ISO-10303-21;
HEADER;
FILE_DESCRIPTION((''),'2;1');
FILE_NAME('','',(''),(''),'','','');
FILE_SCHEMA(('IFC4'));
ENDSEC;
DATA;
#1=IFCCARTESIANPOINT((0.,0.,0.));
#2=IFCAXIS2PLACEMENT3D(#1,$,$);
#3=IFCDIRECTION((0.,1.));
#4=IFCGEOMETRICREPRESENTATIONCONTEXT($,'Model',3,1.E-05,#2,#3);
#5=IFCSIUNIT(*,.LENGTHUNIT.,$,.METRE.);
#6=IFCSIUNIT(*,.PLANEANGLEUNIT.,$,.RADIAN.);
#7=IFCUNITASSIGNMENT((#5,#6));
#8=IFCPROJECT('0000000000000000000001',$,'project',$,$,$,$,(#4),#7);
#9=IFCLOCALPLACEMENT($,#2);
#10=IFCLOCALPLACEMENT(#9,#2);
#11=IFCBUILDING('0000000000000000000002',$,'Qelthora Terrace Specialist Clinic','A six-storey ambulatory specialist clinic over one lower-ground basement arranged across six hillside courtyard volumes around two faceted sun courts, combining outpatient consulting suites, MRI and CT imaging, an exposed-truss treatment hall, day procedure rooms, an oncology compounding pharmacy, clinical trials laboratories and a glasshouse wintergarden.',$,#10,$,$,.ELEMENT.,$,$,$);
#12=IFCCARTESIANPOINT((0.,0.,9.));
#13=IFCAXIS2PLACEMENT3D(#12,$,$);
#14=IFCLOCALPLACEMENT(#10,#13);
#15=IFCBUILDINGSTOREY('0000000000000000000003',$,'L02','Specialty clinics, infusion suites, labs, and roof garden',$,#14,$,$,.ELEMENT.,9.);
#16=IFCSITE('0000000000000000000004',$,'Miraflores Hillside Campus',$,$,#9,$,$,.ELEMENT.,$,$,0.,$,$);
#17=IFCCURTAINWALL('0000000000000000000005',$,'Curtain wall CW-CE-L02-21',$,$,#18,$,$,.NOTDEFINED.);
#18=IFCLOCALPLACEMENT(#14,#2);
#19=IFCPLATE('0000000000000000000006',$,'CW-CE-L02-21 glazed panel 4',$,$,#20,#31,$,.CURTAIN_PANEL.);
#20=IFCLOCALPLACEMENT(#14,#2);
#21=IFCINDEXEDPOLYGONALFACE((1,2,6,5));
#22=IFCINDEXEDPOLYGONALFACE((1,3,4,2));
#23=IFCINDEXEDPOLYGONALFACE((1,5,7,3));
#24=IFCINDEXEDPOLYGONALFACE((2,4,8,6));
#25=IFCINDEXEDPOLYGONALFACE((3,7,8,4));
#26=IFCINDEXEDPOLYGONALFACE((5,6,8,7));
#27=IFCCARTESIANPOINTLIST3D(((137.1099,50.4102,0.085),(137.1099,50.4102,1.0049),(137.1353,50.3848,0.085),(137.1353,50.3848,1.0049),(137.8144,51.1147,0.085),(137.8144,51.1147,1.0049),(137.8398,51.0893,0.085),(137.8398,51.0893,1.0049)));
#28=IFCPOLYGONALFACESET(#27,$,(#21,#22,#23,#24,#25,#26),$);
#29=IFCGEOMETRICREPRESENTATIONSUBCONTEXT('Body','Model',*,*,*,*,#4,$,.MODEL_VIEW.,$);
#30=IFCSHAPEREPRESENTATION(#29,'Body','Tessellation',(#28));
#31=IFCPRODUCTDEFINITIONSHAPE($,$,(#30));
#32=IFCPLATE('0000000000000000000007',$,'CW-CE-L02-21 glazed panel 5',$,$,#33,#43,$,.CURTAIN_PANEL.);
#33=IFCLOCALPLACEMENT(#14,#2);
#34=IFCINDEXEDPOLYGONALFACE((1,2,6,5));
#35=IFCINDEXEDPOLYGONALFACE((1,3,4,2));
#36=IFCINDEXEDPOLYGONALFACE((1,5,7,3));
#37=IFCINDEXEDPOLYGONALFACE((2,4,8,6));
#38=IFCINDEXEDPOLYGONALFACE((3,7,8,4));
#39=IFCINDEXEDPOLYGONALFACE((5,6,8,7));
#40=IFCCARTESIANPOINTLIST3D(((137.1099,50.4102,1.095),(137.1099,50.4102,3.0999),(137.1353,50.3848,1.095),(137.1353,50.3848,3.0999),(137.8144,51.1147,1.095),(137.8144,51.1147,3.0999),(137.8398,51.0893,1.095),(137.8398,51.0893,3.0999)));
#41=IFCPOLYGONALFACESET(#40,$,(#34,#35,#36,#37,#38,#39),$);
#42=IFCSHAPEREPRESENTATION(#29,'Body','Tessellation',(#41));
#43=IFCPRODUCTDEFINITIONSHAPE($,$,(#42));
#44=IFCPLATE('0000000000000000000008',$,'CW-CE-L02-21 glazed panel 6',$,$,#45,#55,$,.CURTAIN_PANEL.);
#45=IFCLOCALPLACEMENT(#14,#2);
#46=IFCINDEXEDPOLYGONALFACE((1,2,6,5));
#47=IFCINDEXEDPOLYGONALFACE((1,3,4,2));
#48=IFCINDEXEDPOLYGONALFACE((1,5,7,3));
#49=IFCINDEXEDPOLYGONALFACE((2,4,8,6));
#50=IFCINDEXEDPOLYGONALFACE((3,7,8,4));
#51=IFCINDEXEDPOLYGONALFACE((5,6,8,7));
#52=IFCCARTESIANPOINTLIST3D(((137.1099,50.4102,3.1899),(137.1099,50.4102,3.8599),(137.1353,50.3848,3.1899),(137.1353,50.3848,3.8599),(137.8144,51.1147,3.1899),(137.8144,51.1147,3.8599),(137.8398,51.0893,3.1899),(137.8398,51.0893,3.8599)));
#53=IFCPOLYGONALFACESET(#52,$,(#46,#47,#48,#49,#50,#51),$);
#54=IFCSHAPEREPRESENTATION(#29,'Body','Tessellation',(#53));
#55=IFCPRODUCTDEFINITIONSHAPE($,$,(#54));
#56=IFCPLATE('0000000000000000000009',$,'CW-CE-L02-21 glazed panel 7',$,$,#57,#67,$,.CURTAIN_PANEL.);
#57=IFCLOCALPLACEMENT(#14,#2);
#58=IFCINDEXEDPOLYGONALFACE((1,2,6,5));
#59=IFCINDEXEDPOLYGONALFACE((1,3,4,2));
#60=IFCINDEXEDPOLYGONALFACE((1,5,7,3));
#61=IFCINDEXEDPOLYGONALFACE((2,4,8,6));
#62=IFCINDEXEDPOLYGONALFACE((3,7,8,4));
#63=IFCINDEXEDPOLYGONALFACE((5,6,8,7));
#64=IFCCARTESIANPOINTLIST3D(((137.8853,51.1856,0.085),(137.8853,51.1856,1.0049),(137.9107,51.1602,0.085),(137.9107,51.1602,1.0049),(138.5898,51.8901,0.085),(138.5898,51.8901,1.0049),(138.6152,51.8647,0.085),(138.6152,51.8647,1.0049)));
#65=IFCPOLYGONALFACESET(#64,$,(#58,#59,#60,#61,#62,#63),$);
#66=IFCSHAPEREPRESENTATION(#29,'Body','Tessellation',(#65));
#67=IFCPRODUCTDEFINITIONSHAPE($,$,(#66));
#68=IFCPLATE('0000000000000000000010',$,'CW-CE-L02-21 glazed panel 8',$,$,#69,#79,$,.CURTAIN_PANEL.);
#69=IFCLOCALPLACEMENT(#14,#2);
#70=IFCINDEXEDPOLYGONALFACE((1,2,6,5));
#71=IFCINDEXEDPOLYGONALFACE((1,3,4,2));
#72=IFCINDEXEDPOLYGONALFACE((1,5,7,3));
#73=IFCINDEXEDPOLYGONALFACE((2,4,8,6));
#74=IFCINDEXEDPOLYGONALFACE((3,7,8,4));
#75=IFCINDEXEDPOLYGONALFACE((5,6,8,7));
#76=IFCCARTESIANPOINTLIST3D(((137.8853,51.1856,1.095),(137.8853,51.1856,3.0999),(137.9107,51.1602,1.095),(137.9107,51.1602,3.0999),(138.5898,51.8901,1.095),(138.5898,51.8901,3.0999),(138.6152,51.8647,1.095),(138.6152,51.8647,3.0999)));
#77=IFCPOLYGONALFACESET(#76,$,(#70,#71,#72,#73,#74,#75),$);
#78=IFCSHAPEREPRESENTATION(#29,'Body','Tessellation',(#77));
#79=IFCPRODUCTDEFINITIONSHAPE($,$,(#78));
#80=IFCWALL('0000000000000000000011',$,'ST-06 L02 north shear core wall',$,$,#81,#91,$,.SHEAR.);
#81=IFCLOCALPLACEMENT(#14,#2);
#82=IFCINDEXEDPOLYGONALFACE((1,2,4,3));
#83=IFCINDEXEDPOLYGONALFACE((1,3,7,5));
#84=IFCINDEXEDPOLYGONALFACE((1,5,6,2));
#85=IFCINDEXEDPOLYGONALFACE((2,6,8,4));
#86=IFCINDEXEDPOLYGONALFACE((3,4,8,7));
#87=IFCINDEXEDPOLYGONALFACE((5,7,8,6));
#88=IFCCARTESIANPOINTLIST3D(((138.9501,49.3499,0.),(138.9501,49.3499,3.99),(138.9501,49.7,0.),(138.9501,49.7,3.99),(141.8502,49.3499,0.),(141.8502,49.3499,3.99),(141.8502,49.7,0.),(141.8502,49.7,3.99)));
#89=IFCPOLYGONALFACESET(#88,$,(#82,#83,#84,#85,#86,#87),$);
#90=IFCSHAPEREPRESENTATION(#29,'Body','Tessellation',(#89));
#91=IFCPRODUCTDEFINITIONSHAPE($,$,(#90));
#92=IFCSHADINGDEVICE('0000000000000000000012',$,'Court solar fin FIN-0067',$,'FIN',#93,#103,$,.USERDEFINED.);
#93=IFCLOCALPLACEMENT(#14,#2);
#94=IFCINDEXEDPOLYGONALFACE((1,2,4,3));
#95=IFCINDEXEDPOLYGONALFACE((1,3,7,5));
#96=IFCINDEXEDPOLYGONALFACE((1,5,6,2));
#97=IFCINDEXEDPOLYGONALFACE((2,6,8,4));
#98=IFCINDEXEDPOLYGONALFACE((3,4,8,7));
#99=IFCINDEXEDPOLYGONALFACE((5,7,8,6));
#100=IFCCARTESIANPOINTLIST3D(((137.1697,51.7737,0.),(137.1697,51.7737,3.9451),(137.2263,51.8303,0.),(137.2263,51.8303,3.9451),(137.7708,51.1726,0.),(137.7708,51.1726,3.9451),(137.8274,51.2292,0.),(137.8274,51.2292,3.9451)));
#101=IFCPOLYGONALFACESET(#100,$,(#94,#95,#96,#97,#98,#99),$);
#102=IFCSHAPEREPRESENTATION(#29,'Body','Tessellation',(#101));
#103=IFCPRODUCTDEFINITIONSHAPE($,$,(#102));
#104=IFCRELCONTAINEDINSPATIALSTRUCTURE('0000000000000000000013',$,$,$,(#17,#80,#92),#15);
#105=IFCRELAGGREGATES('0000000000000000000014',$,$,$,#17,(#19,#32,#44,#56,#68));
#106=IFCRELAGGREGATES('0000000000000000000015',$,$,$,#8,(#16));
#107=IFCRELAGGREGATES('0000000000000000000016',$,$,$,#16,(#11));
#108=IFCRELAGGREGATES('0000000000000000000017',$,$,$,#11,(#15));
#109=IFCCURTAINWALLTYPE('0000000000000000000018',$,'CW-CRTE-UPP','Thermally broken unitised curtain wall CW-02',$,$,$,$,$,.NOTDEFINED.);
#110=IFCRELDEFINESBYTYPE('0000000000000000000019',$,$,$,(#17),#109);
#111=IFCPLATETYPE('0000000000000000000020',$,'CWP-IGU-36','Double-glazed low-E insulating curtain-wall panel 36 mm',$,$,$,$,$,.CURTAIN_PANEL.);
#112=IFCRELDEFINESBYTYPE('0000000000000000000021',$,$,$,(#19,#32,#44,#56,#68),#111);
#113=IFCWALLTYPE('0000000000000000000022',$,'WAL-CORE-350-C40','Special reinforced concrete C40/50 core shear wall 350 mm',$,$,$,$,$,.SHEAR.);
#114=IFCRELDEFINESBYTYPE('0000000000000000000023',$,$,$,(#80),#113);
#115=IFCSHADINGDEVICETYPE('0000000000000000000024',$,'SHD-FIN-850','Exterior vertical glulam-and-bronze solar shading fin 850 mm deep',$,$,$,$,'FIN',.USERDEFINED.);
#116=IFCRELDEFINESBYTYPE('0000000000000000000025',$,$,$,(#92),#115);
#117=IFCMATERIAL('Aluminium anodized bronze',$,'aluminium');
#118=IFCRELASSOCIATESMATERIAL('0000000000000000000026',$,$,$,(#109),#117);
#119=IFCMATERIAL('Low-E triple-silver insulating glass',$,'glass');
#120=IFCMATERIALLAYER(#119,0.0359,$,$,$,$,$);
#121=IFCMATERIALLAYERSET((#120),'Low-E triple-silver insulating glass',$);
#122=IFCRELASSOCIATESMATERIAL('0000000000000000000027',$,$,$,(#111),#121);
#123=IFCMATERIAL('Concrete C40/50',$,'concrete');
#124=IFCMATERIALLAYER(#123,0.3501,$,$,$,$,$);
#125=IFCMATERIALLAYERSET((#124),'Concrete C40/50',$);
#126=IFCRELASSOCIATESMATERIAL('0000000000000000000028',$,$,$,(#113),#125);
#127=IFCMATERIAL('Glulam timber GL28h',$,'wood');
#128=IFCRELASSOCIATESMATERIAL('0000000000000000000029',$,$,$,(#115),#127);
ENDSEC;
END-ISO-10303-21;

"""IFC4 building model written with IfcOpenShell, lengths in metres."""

from ifc_helpers import new_model, si_unit, direction, frame, frame_2d, origin, origin_2d, place, context, subcontext, project, spatial, rectangle, extrude, material, layer, layer_set, type_object, element, aggregate, save


model = new_model("IFC4")

# Units and contexts
model_context = context("Model", 3, precision=1e-05, world=origin(), true_north=direction((0.0, 1.0)))
body_context = subcontext(model_context, "Body", "Model", "MODEL_VIEW")
ifc_project = project(units=[si_unit("LENGTHUNIT", "METRE"), si_unit("PLANEANGLEUNIT", "RADIAN")], contexts=[model_context])

# Site, building, storey
site_placement = place(None, origin())
site = spatial("IfcSite", under=ifc_project, at=site_placement, Name="Miraflores Hillside Campus", CompositionType="ELEMENT", RefElevation=0.0)
building_placement = place(site_placement, origin())
building = spatial("IfcBuilding", under=site, at=building_placement, Name="Qelthora Terrace Specialist Clinic", Description="A six-storey ambulatory specialist clinic over one lower-ground basement arranged across six hillside courtyard volumes around two faceted sun courts, combining outpatient consulting suites, MRI and CT imaging, an exposed-truss treatment hall, day procedure rooms, an oncology compounding pharmacy, clinical trials laboratories and a glasshouse wintergarden.", CompositionType="ELEMENT")
storey_placement = place(building_placement, frame((0.0, 0.0, 9.0)))
storey = spatial("IfcBuildingStorey", under=building, at=storey_placement, Name="L02", Description="Specialty clinics, infusion suites, labs, and roof garden", CompositionType="ELEMENT", Elevation=9.0)

# Shared definitions
ifc_material_1 = material(Name="Aluminium anodized bronze", Category="aluminium")
curtain_wall_type = type_object("IfcCurtainWallType", Name="CW-CRTE-UPP", Description="Thermally broken unitised curtain wall CW-02", PredefinedType="NOTDEFINED", material=ifc_material_1)

# Curtain wall
curtain_wall_1_placement = place(storey_placement, origin())
curtain_wall_1 = element("IfcCurtainWall", 1, at=curtain_wall_1_placement, inside=storey, type_object=curtain_wall_type, Name="Curtain wall CW-CE-L02-21", PredefinedType="NOTDEFINED")

# Plates
ifc_material_2 = material(Name="Low-E triple-silver insulating glass", Category="glass")
ifc_layer_1 = layer(ifc_material_2, 0.0359)
ifc_layer_set_1 = layer_set([ifc_layer_1], Name="Low-E triple-silver insulating glass")
plate_type = type_object("IfcPlateType", Name="CWP-IGU-36", Description="Double-glazed low-E insulating curtain-wall panel 36 mm", PredefinedType="CURTAIN_PANEL", material=ifc_layer_set_1)
plate_1_placement = place(storey_placement, frame((137.4749, 50.7498, 0.085), z_axis=(0.0, 0.0, 1.0), x_axis=(0.707107, 0.707107, 0.0)))
plate_1 = element("IfcPlate", 2, at=plate_1_placement, type_object=plate_type, Name="CW-CE-L02-21 glazed panel 4", PredefinedType="CURTAIN_PANEL", context=body_context, shape_type="SweptSolid", body=[
    extrude(rectangle(XDim=0.9963, YDim=0.0359, at=origin_2d()), origin(), (0.0, 0.0, 1.0), 0.9199),
])
plate_2_placement = place(storey_placement, frame((137.4749, 50.7498, 1.095), z_axis=(0.0, 0.0, 1.0), x_axis=(0.707107, 0.707107, 0.0)))
plate_2 = element("IfcPlate", 3, at=plate_2_placement, type_object=plate_type, Name="CW-CE-L02-21 glazed panel 5", PredefinedType="CURTAIN_PANEL", context=body_context, shape_type="SweptSolid", body=[
    extrude(rectangle(XDim=0.9963, YDim=0.0359, at=origin_2d()), origin(), (0.0, 0.0, 1.0), 2.0049),
])
plate_3_placement = place(storey_placement, frame((137.4749, 50.7498, 3.1899), z_axis=(0.0, 0.0, 1.0), x_axis=(0.707107, 0.707107, 0.0)))
plate_3 = element("IfcPlate", 4, at=plate_3_placement, type_object=plate_type, Name="CW-CE-L02-21 glazed panel 6", PredefinedType="CURTAIN_PANEL", context=body_context, shape_type="SweptSolid", body=[
    extrude(rectangle(XDim=0.9963, YDim=0.0359, at=origin_2d()), origin(), (0.0, 0.0, 1.0), 0.6699),
])
plate_4_placement = place(storey_placement, frame((138.2502, 51.5251, 0.085), z_axis=(0.0, 0.0, 1.0), x_axis=(0.707107, 0.707107, 0.0)))
plate_4 = element("IfcPlate", 5, at=plate_4_placement, type_object=plate_type, Name="CW-CE-L02-21 glazed panel 7", PredefinedType="CURTAIN_PANEL", context=body_context, shape_type="SweptSolid", body=[
    extrude(rectangle(XDim=0.9963, YDim=0.0359, at=origin_2d()), origin(), (0.0, 0.0, 1.0), 0.9199),
])
plate_5_placement = place(storey_placement, frame((138.2502, 51.5251, 1.095), z_axis=(0.0, 0.0, 1.0), x_axis=(0.707107, 0.707107, 0.0)))
plate_5 = element("IfcPlate", 6, at=plate_5_placement, type_object=plate_type, Name="CW-CE-L02-21 glazed panel 8", PredefinedType="CURTAIN_PANEL", context=body_context, shape_type="SweptSolid", body=[
    extrude(rectangle(XDim=0.9963, YDim=0.0359, at=origin_2d()), origin(), (0.0, 0.0, 1.0), 2.0049),
])
aggregate(curtain_wall_1, [plate_1, plate_2, plate_3, plate_4, plate_5])

# Wall
ifc_material_3 = material(Name="Concrete C40/50", Category="concrete")
ifc_layer_2 = layer(ifc_material_3, 0.3501)
ifc_layer_set_2 = layer_set([ifc_layer_2], Name="Concrete C40/50")
wall_type = type_object("IfcWallType", Name="WAL-CORE-350-C40", Description="Special reinforced concrete C40/50 core shear wall 350 mm", PredefinedType="SHEAR", material=ifc_layer_set_2)
wall_placement = place(storey_placement, frame((138.95, 49.5249, 0.0), z_axis=(0.0, 0.0, 1.0), x_axis=(1.0, 0.0, 0.0)))
element("IfcWall", 7, at=wall_placement, inside=storey, type_object=wall_type, Name="ST-06 L02 north shear core wall", PredefinedType="SHEAR", context=body_context, shape_type="SweptSolid", body=[
    extrude(rectangle(XDim=2.9001, YDim=0.3501, at=frame_2d((1.4502, 0.0))), origin(), (0.0, 0.0, 1.0), 3.99),
])

# Shading device
ifc_material_4 = material(Name="Glulam timber GL28h", Category="wood")
shading_device_type = type_object("IfcShadingDeviceType", Name="SHD-FIN-850", Description="Exterior vertical glulam-and-bronze solar shading fin 850 mm deep", ElementType="FIN", PredefinedType="USERDEFINED", material=ifc_material_4)
shading_device_placement = place(storey_placement, frame((137.4985, 51.5015, 0.0), z_axis=(0.0, 0.0, 1.0), x_axis=(-0.707107, 0.707107, 0.0)))
element("IfcShadingDevice", 8, at=shading_device_placement, inside=storey, type_object=shading_device_type, Name="Court solar fin FIN-0067", ObjectType="FIN", PredefinedType="USERDEFINED", context=body_context, shape_type="SweptSolid", body=[
    extrude(rectangle(XDim=0.8501, YDim=0.0801, at=origin_2d()), origin(), (0.0, 0.0, 1.0), 3.9451),
])

save(model, "model.ifc")
